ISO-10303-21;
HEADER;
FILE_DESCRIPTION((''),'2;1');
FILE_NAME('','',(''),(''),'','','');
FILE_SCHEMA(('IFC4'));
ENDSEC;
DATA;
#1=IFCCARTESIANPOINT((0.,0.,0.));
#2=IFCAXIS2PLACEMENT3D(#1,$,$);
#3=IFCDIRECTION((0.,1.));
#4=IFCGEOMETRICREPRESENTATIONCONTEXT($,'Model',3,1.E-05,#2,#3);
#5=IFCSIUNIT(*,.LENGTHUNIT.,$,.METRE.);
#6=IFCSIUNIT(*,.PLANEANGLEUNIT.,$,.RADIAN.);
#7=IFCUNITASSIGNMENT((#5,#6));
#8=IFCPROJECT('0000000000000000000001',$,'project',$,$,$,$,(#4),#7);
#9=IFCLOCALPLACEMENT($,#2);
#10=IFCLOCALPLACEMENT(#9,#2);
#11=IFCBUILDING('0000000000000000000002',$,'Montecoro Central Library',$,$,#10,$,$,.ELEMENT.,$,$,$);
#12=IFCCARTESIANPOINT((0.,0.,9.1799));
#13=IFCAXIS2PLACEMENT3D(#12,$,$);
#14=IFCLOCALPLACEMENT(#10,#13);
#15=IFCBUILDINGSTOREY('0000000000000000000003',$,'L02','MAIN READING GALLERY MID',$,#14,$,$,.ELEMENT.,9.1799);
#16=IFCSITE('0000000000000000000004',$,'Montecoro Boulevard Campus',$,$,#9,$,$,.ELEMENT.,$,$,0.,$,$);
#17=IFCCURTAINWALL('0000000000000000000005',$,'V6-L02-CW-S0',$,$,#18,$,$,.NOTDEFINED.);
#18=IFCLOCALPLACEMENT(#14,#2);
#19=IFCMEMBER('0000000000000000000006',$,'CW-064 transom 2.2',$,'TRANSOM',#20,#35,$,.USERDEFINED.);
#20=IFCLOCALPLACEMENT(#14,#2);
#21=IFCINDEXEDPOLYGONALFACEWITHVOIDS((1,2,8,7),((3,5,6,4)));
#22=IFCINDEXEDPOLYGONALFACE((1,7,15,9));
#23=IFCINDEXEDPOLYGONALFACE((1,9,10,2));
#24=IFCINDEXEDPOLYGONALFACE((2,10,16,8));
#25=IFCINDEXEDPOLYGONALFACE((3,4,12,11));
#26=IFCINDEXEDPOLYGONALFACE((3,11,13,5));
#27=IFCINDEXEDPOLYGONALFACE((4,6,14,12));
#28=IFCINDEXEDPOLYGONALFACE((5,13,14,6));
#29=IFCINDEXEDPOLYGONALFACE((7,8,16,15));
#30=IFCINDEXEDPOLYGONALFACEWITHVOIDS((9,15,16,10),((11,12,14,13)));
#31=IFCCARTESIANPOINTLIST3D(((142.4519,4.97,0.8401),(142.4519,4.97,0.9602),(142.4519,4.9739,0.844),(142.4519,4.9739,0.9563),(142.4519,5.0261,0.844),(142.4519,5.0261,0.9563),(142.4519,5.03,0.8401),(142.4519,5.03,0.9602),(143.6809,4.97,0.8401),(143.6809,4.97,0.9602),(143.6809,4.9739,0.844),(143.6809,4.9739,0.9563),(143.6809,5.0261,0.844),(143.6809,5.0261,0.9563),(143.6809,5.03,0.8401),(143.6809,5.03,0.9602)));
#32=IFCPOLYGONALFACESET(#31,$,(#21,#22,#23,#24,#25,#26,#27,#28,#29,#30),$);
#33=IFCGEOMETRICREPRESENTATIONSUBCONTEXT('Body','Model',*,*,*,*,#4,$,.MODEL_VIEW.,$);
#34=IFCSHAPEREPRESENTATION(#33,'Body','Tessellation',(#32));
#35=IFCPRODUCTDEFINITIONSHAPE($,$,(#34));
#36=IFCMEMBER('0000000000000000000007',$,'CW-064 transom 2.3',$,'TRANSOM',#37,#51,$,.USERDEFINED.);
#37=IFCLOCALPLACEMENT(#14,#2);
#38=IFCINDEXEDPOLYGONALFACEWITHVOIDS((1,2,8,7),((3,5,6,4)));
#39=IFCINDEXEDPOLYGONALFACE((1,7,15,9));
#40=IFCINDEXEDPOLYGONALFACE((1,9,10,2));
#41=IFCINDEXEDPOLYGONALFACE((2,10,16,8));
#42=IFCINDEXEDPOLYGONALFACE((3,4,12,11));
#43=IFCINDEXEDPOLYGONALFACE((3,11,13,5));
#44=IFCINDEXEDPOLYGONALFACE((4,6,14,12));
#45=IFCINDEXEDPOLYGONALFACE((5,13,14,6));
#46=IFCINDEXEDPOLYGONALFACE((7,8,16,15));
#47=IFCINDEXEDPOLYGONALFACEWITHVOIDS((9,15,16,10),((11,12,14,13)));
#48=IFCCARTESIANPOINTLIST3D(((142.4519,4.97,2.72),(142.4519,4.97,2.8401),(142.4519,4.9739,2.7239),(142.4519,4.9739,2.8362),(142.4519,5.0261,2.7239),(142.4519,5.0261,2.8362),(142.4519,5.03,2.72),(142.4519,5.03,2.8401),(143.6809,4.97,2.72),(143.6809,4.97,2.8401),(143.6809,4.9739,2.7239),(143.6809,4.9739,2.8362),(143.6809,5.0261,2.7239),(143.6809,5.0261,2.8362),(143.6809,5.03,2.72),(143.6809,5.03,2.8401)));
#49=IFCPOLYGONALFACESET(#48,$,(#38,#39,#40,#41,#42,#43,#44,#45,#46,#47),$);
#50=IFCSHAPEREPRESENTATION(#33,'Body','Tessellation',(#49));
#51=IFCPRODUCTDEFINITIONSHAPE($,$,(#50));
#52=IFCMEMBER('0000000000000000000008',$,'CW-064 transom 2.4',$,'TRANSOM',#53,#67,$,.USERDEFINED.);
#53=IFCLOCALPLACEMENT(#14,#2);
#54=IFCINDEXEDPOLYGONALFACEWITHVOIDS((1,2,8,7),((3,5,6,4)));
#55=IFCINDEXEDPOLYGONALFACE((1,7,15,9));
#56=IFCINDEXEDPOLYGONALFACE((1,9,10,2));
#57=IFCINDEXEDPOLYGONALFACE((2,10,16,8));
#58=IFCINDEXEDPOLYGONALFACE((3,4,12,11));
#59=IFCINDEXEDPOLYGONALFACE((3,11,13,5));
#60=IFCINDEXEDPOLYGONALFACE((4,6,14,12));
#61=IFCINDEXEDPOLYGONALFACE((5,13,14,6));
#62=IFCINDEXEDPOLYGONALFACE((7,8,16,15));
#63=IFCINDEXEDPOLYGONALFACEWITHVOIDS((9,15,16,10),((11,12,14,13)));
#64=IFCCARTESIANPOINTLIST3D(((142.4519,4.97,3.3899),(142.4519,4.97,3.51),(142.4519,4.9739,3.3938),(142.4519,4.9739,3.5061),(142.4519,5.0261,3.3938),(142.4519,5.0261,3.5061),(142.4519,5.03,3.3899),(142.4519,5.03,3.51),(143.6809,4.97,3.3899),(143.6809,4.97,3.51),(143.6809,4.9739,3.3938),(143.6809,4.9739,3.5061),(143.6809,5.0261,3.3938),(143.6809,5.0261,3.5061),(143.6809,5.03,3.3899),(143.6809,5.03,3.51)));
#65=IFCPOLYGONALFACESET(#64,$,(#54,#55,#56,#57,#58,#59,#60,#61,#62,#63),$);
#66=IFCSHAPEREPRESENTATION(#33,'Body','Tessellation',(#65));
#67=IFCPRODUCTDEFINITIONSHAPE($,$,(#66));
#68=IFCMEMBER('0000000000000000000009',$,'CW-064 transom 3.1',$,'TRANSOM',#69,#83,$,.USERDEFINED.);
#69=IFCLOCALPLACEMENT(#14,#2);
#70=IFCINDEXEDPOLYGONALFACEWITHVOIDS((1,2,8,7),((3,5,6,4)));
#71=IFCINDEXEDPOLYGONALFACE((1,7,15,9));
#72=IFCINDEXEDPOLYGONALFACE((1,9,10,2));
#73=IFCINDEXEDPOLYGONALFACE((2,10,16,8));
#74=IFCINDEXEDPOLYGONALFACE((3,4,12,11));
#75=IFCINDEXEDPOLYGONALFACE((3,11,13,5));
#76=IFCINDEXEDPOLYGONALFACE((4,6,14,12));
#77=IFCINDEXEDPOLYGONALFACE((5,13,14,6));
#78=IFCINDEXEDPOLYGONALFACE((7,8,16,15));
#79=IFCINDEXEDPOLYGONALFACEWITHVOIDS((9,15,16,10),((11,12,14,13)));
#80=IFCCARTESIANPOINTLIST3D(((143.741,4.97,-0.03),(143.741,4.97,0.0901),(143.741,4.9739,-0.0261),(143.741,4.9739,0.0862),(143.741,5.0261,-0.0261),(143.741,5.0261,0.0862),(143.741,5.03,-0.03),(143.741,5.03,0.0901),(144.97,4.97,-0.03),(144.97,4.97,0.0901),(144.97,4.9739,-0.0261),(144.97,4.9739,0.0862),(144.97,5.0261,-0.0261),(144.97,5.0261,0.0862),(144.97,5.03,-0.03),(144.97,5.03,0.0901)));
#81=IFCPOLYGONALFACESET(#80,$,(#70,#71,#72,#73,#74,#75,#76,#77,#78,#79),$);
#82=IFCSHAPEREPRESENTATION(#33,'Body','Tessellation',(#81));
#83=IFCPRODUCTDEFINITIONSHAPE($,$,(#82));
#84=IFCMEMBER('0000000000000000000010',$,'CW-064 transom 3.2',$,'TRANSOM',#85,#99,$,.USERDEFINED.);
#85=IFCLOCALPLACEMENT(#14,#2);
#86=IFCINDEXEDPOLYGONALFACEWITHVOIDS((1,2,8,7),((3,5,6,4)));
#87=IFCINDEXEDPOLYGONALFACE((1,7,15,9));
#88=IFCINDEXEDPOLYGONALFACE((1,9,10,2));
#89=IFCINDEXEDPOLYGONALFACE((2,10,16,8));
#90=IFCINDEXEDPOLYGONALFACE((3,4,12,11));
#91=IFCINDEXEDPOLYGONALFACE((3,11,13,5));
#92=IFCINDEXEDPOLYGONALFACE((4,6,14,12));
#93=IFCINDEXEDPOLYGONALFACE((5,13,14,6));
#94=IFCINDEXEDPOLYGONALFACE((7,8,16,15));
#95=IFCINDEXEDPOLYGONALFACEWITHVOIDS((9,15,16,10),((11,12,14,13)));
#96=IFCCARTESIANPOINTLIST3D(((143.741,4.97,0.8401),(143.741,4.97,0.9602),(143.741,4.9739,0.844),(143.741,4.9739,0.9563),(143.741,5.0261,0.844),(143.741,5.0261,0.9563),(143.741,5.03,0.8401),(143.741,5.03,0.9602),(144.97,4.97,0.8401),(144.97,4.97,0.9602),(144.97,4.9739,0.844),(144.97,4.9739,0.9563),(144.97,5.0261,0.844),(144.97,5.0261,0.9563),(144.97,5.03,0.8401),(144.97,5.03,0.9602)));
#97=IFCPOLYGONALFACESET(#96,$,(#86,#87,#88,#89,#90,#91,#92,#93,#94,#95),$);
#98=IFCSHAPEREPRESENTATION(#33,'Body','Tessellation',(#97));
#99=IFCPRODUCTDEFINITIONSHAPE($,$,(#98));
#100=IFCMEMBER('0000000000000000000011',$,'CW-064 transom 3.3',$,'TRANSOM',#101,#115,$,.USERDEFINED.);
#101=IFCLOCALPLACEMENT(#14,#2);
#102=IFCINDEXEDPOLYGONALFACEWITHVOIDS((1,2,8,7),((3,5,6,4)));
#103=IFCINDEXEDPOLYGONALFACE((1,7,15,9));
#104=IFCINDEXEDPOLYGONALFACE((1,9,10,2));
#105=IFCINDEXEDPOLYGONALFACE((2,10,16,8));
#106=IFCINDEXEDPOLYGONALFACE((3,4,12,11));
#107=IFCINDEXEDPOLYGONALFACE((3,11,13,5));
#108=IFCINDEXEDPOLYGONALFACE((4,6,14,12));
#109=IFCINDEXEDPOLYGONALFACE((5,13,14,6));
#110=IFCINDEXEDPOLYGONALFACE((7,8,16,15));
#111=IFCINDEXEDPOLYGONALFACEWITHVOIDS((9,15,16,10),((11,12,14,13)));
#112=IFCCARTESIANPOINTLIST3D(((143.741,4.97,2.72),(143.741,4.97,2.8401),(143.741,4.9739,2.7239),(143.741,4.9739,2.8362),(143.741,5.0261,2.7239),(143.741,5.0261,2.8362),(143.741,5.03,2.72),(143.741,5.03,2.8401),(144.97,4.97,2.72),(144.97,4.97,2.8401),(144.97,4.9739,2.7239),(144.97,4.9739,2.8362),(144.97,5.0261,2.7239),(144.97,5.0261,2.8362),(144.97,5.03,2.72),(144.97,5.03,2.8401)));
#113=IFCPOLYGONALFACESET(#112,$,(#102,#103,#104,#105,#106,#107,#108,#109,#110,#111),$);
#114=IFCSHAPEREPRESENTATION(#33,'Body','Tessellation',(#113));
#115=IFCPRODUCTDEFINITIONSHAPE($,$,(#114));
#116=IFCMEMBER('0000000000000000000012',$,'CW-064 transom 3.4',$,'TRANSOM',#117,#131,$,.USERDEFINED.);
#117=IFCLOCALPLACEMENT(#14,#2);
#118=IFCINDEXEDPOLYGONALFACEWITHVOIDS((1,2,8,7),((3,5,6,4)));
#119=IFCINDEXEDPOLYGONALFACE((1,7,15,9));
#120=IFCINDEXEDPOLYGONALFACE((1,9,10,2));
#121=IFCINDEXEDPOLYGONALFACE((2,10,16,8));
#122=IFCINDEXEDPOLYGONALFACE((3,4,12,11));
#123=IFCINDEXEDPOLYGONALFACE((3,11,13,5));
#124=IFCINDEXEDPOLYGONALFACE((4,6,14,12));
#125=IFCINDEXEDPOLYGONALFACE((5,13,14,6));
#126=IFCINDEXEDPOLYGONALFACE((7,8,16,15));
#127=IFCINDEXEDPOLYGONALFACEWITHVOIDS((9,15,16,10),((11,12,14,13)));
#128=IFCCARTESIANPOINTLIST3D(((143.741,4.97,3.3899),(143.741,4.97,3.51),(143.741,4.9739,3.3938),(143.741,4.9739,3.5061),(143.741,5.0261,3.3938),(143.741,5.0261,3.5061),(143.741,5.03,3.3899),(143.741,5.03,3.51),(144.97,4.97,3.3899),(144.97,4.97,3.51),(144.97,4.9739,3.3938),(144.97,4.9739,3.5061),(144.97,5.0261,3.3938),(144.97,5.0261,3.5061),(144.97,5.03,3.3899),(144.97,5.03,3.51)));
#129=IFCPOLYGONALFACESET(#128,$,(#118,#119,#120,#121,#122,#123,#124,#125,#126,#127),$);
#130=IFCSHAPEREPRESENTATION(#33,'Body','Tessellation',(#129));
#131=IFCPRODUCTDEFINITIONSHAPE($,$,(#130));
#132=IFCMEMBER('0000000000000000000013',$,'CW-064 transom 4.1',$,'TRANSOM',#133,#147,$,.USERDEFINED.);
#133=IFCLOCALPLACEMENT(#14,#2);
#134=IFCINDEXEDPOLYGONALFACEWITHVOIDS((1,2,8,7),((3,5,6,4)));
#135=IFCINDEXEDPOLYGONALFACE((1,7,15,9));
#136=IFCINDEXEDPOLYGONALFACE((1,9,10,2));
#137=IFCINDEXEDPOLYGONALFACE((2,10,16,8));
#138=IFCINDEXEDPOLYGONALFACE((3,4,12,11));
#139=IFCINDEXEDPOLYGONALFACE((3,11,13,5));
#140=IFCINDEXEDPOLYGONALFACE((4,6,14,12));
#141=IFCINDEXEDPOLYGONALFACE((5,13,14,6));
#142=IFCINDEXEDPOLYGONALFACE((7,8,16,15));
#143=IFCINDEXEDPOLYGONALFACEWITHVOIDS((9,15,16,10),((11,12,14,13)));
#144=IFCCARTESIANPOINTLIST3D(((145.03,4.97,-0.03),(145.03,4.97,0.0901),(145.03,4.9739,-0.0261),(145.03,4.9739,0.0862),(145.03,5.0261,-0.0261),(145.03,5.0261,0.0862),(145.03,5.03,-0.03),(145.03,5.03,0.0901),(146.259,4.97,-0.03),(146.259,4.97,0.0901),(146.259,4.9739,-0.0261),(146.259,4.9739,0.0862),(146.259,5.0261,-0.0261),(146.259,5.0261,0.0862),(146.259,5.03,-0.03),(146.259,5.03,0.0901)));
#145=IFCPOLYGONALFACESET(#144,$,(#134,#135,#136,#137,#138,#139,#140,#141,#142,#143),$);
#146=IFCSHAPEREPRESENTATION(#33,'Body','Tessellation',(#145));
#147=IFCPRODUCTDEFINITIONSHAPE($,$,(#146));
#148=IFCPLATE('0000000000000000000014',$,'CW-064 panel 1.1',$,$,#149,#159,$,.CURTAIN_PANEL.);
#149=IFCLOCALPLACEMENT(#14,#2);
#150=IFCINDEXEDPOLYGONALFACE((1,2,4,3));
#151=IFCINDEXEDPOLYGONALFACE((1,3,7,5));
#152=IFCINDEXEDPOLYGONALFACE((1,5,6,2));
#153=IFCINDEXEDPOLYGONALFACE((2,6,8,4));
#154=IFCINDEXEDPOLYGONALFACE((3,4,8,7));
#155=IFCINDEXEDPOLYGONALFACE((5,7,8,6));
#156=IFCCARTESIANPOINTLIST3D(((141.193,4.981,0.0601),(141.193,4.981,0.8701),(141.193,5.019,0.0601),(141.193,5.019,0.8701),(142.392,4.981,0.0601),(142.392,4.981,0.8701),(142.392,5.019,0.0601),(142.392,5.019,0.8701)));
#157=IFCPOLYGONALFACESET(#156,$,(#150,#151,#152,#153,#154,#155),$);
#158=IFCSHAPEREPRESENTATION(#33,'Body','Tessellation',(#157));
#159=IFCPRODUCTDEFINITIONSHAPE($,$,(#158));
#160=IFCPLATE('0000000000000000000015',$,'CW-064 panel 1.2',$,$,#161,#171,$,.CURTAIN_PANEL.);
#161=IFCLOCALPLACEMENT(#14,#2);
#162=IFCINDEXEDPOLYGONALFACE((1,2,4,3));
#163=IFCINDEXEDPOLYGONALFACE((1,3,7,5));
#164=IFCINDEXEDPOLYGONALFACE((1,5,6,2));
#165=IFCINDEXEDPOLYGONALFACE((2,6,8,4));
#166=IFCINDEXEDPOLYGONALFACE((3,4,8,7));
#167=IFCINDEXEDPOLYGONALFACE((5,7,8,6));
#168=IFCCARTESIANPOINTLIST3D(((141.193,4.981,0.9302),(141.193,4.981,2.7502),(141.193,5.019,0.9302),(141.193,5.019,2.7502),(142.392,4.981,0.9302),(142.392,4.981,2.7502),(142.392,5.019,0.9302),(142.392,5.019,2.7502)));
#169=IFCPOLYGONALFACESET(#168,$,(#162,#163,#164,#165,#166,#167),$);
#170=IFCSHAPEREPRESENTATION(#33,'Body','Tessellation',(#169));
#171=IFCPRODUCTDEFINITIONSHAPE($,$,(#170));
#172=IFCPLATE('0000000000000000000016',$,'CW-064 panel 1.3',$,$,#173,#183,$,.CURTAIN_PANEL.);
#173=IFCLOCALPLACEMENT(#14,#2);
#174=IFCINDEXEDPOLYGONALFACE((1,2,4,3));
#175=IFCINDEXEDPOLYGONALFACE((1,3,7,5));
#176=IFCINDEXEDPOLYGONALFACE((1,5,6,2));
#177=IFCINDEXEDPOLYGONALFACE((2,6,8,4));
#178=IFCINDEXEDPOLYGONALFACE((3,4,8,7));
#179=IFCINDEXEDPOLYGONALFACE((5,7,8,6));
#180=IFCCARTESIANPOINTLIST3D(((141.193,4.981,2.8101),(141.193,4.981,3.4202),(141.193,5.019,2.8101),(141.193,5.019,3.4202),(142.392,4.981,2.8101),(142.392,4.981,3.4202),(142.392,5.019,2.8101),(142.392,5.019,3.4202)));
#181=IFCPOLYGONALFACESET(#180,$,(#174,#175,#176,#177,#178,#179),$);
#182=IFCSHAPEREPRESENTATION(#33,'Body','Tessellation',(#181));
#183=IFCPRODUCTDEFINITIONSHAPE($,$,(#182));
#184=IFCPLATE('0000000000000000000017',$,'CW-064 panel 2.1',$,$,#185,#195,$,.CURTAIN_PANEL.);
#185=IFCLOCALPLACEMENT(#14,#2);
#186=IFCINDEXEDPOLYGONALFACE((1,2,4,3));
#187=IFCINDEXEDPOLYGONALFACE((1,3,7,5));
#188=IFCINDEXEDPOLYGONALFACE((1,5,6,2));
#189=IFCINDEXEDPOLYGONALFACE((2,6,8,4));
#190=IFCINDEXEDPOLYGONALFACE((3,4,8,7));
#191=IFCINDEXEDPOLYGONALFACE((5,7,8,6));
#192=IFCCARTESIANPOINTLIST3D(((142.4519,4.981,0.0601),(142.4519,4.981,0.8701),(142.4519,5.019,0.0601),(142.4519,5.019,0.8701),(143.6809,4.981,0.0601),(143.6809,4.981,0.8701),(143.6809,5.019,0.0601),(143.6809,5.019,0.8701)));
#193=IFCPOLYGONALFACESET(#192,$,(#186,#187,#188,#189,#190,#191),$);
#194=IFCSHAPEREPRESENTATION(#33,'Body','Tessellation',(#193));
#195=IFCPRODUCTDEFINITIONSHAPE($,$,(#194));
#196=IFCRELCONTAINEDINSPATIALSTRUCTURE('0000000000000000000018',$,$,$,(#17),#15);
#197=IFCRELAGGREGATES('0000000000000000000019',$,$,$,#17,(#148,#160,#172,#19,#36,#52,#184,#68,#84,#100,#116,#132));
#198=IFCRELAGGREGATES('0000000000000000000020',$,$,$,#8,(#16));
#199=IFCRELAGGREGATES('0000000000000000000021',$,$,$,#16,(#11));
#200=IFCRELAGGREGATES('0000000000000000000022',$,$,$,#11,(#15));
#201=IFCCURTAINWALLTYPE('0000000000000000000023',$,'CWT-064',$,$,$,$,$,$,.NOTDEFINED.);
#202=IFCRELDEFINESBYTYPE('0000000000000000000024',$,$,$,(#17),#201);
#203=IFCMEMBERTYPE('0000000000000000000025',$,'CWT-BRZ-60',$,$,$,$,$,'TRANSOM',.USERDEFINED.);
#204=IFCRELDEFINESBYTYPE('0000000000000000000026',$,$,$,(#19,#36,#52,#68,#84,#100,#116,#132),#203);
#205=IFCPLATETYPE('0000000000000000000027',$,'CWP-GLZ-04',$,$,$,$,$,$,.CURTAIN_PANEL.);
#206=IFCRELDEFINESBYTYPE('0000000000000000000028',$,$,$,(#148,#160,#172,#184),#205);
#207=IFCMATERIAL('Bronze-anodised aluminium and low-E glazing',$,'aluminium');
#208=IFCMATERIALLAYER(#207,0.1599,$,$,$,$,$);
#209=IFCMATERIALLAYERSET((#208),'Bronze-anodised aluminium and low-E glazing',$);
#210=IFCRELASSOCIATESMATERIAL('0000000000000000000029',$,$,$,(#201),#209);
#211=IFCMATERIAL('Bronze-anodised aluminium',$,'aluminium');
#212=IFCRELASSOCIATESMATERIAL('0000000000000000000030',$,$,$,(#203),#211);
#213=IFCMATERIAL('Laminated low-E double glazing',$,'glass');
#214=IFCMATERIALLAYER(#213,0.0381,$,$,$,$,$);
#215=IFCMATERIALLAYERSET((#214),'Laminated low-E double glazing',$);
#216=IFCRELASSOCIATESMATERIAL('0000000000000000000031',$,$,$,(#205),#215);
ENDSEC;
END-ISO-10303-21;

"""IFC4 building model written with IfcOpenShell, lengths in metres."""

from ifc_helpers import new_model, si_unit, direction, frame, origin, origin_2d, place, context, subcontext, project, spatial, rectangle, hollow_rectangle, extrude, material, layer, layer_set, material_profile, profile_set, type_object, element, aggregate, save


model = new_model("IFC4")

# Units and contexts
model_context = context("Model", 3, precision=1e-05, world=origin(), true_north=direction((0.0, 1.0)))
body_context = subcontext(model_context, "Body", "Model", "MODEL_VIEW")
ifc_project = project(units=[si_unit("LENGTHUNIT", "METRE"), si_unit("PLANEANGLEUNIT", "RADIAN")], contexts=[model_context])

# Site, building, storey
site_placement = place(None, origin())
site = spatial("IfcSite", under=ifc_project, at=site_placement, Name="Montecoro Boulevard Campus", CompositionType="ELEMENT", RefElevation=0.0)
building_placement = place(site_placement, origin())
building = spatial("IfcBuilding", under=site, at=building_placement, Name="Montecoro Central Library", CompositionType="ELEMENT")
storey_placement = place(building_placement, frame((0.0, 0.0, 9.1799)))
storey = spatial("IfcBuildingStorey", under=building, at=storey_placement, Name="L02", Description="MAIN READING GALLERY MID", CompositionType="ELEMENT", Elevation=9.1799)

# Curtain wall, members, plates
ifc_material_1 = material(Name="Bronze-anodised aluminium and low-E glazing", Category="aluminium")
ifc_layer_1 = layer(ifc_material_1, 0.1599)
ifc_layer_set_1 = layer_set([ifc_layer_1], Name="Bronze-anodised aluminium and low-E glazing")
curtain_wall_type = type_object("IfcCurtainWallType", Name="CWT-064", PredefinedType="NOTDEFINED", material=ifc_layer_set_1)
curtain_wall_placement = place(storey_placement, origin())
curtain_wall = element("IfcCurtainWall", 1, at=curtain_wall_placement, inside=storey, type_object=curtain_wall_type, Name="V6-L02-CW-S0", PredefinedType="NOTDEFINED")
ifc_material_2 = material(Name="Bronze-anodised aluminium", Category="aluminium")
ifc_material_profile_1 = material_profile(ifc_material_2, hollow_rectangle(XDim=0.0601, YDim=0.1201, WallThickness=0.0039, at=origin_2d()), Name="CWT 120x60x4.0")
ifc_profile_set_1 = profile_set([ifc_material_profile_1], Name="Bronze-anodised aluminium")
member_type_1 = type_object("IfcMemberType", Name="CWT-BRZ-60", ElementType="TRANSOM", PredefinedType="USERDEFINED", material=ifc_profile_set_1)
member_1_placement = place(storey_placement, frame((142.4519, 5.0, 0.9001), z_axis=(1.0, 0.0, 0.0), x_axis=(0.0, 1.0, 0.0)))
member_1 = element("IfcMember", 2, at=member_1_placement, type_object=member_type_1, Name="CW-064 transom 2.2", ObjectType="TRANSOM", PredefinedType="USERDEFINED", context=body_context, shape_type="SweptSolid", body=[
    extrude(hollow_rectangle(XDim=0.0601, YDim=0.1201, WallThickness=0.0039, at=origin_2d()), origin(), (0.0, 0.0, 1.0), 1.229),
])
member_2_placement = place(storey_placement, frame((142.4519, 5.0, 2.78), z_axis=(1.0, 0.0, 0.0), x_axis=(0.0, 1.0, 0.0)))
member_2 = element("IfcMember", 3, at=member_2_placement, type_object=member_type_1, Name="CW-064 transom 2.3", ObjectType="TRANSOM", PredefinedType="USERDEFINED", context=body_context, shape_type="SweptSolid", body=[
    extrude(hollow_rectangle(XDim=0.0601, YDim=0.1201, WallThickness=0.0039, at=origin_2d()), origin(), (0.0, 0.0, 1.0), 1.229),
])
member_3_placement = place(storey_placement, frame((142.4519, 5.0, 3.45), z_axis=(1.0, 0.0, 0.0), x_axis=(0.0, 1.0, 0.0)))
member_3 = element("IfcMember", 4, at=member_3_placement, type_object=member_type_1, Name="CW-064 transom 2.4", ObjectType="TRANSOM", PredefinedType="USERDEFINED", context=body_context, shape_type="SweptSolid", body=[
    extrude(hollow_rectangle(XDim=0.0601, YDim=0.1201, WallThickness=0.0039, at=origin_2d()), origin(), (0.0, 0.0, 1.0), 1.229),
])
member_4_placement = place(storey_placement, frame((143.741, 5.0, 0.03), z_axis=(1.0, 0.0, 0.0), x_axis=(0.0, 1.0, 0.0)))
member_4 = element("IfcMember", 5, at=member_4_placement, type_object=member_type_1, Name="CW-064 transom 3.1", ObjectType="TRANSOM", PredefinedType="USERDEFINED", context=body_context, shape_type="SweptSolid", body=[
    extrude(hollow_rectangle(XDim=0.0601, YDim=0.1201, WallThickness=0.0039, at=origin_2d()), origin(), (0.0, 0.0, 1.0), 1.229),
])
member_5_placement = place(storey_placement, frame((143.741, 5.0, 0.9001), z_axis=(1.0, 0.0, 0.0), x_axis=(0.0, 1.0, 0.0)))
member_5 = element("IfcMember", 6, at=member_5_placement, type_object=member_type_1, Name="CW-064 transom 3.2", ObjectType="TRANSOM", PredefinedType="USERDEFINED", context=body_context, shape_type="SweptSolid", body=[
    extrude(hollow_rectangle(XDim=0.0601, YDim=0.1201, WallThickness=0.0039, at=origin_2d()), origin(), (0.0, 0.0, 1.0), 1.229),
])
member_6_placement = place(storey_placement, frame((143.741, 5.0, 2.78), z_axis=(1.0, 0.0, 0.0), x_axis=(0.0, 1.0, 0.0)))
member_6 = element("IfcMember", 7, at=member_6_placement, type_object=member_type_1, Name="CW-064 transom 3.3", ObjectType="TRANSOM", PredefinedType="USERDEFINED", context=body_context, shape_type="SweptSolid", body=[
    extrude(hollow_rectangle(XDim=0.0601, YDim=0.1201, WallThickness=0.0039, at=origin_2d()), origin(), (0.0, 0.0, 1.0), 1.229),
])
member_7_placement = place(storey_placement, frame((143.741, 5.0, 3.45), z_axis=(1.0, 0.0, 0.0), x_axis=(0.0, 1.0, 0.0)))
member_7 = element("IfcMember", 8, at=member_7_placement, type_object=member_type_1, Name="CW-064 transom 3.4", ObjectType="TRANSOM", PredefinedType="USERDEFINED", context=body_context, shape_type="SweptSolid", body=[
    extrude(hollow_rectangle(XDim=0.0601, YDim=0.1201, WallThickness=0.0039, at=origin_2d()), origin(), (0.0, 0.0, 1.0), 1.229),
])
member_8_placement = place(storey_placement, frame((145.03, 5.0, 0.03), z_axis=(1.0, 0.0, 0.0), x_axis=(0.0, 1.0, 0.0)))
member_8 = element("IfcMember", 9, at=member_8_placement, type_object=member_type_1, Name="CW-064 transom 4.1", ObjectType="TRANSOM", PredefinedType="USERDEFINED", context=body_context, shape_type="SweptSolid", body=[
    extrude(hollow_rectangle(XDim=0.0601, YDim=0.1201, WallThickness=0.0039, at=origin_2d()), origin(), (0.0, 0.0, 1.0), 1.229),
])
ifc_material_3 = material(Name="Laminated low-E double glazing", Category="glass")
ifc_layer_2 = layer(ifc_material_3, 0.0381)
ifc_layer_set_2 = layer_set([ifc_layer_2], Name="Laminated low-E double glazing")
plate_type = type_object("IfcPlateType", Name="CWP-GLZ-04", PredefinedType="CURTAIN_PANEL", material=ifc_layer_set_2)
plate_1_placement = place(storey_placement, frame((141.7925, 5.0, 0.0601), z_axis=(0.0, 0.0, 1.0), x_axis=(1.0, 0.0, 0.0)))
plate_1 = element("IfcPlate", 10, at=plate_1_placement, type_object=plate_type, Name="CW-064 panel 1.1", PredefinedType="CURTAIN_PANEL", context=body_context, shape_type="SweptSolid", body=[
    extrude(rectangle(XDim=1.199, YDim=0.0381, at=origin_2d()), origin(), (0.0, 0.0, 1.0), 0.8101),
])
plate_2_placement = place(storey_placement, frame((141.7925, 5.0, 0.9302), z_axis=(0.0, 0.0, 1.0), x_axis=(1.0, 0.0, 0.0)))
plate_2 = element("IfcPlate", 11, at=plate_2_placement, type_object=plate_type, Name="CW-064 panel 1.2", PredefinedType="CURTAIN_PANEL", context=body_context, shape_type="SweptSolid", body=[
    extrude(rectangle(XDim=1.199, YDim=0.0381, at=origin_2d()), origin(), (0.0, 0.0, 1.0), 1.8201),
])
plate_3_placement = place(storey_placement, frame((141.7925, 5.0, 2.8101), z_axis=(0.0, 0.0, 1.0), x_axis=(1.0, 0.0, 0.0)))
plate_3 = element("IfcPlate", 12, at=plate_3_placement, type_object=plate_type, Name="CW-064 panel 1.3", PredefinedType="CURTAIN_PANEL", context=body_context, shape_type="SweptSolid", body=[
    extrude(rectangle(XDim=1.199, YDim=0.0381, at=origin_2d()), origin(), (0.0, 0.0, 1.0), 0.6101),
])
plate_4_placement = place(storey_placement, frame((143.0664, 5.0, 0.0601), z_axis=(0.0, 0.0, 1.0), x_axis=(1.0, 0.0, 0.0)))
plate_4 = element("IfcPlate", 13, at=plate_4_placement, type_object=plate_type, Name="CW-064 panel 2.1", PredefinedType="CURTAIN_PANEL", context=body_context, shape_type="SweptSolid", body=[
    extrude(rectangle(XDim=1.229, YDim=0.0381, at=origin_2d()), origin(), (0.0, 0.0, 1.0), 0.8101),
])
aggregate(curtain_wall, [plate_1, plate_2, plate_3, member_1, member_2, member_3, plate_4, member_4, member_5, member_6, member_7, member_8])

save(model, "model.ifc")
